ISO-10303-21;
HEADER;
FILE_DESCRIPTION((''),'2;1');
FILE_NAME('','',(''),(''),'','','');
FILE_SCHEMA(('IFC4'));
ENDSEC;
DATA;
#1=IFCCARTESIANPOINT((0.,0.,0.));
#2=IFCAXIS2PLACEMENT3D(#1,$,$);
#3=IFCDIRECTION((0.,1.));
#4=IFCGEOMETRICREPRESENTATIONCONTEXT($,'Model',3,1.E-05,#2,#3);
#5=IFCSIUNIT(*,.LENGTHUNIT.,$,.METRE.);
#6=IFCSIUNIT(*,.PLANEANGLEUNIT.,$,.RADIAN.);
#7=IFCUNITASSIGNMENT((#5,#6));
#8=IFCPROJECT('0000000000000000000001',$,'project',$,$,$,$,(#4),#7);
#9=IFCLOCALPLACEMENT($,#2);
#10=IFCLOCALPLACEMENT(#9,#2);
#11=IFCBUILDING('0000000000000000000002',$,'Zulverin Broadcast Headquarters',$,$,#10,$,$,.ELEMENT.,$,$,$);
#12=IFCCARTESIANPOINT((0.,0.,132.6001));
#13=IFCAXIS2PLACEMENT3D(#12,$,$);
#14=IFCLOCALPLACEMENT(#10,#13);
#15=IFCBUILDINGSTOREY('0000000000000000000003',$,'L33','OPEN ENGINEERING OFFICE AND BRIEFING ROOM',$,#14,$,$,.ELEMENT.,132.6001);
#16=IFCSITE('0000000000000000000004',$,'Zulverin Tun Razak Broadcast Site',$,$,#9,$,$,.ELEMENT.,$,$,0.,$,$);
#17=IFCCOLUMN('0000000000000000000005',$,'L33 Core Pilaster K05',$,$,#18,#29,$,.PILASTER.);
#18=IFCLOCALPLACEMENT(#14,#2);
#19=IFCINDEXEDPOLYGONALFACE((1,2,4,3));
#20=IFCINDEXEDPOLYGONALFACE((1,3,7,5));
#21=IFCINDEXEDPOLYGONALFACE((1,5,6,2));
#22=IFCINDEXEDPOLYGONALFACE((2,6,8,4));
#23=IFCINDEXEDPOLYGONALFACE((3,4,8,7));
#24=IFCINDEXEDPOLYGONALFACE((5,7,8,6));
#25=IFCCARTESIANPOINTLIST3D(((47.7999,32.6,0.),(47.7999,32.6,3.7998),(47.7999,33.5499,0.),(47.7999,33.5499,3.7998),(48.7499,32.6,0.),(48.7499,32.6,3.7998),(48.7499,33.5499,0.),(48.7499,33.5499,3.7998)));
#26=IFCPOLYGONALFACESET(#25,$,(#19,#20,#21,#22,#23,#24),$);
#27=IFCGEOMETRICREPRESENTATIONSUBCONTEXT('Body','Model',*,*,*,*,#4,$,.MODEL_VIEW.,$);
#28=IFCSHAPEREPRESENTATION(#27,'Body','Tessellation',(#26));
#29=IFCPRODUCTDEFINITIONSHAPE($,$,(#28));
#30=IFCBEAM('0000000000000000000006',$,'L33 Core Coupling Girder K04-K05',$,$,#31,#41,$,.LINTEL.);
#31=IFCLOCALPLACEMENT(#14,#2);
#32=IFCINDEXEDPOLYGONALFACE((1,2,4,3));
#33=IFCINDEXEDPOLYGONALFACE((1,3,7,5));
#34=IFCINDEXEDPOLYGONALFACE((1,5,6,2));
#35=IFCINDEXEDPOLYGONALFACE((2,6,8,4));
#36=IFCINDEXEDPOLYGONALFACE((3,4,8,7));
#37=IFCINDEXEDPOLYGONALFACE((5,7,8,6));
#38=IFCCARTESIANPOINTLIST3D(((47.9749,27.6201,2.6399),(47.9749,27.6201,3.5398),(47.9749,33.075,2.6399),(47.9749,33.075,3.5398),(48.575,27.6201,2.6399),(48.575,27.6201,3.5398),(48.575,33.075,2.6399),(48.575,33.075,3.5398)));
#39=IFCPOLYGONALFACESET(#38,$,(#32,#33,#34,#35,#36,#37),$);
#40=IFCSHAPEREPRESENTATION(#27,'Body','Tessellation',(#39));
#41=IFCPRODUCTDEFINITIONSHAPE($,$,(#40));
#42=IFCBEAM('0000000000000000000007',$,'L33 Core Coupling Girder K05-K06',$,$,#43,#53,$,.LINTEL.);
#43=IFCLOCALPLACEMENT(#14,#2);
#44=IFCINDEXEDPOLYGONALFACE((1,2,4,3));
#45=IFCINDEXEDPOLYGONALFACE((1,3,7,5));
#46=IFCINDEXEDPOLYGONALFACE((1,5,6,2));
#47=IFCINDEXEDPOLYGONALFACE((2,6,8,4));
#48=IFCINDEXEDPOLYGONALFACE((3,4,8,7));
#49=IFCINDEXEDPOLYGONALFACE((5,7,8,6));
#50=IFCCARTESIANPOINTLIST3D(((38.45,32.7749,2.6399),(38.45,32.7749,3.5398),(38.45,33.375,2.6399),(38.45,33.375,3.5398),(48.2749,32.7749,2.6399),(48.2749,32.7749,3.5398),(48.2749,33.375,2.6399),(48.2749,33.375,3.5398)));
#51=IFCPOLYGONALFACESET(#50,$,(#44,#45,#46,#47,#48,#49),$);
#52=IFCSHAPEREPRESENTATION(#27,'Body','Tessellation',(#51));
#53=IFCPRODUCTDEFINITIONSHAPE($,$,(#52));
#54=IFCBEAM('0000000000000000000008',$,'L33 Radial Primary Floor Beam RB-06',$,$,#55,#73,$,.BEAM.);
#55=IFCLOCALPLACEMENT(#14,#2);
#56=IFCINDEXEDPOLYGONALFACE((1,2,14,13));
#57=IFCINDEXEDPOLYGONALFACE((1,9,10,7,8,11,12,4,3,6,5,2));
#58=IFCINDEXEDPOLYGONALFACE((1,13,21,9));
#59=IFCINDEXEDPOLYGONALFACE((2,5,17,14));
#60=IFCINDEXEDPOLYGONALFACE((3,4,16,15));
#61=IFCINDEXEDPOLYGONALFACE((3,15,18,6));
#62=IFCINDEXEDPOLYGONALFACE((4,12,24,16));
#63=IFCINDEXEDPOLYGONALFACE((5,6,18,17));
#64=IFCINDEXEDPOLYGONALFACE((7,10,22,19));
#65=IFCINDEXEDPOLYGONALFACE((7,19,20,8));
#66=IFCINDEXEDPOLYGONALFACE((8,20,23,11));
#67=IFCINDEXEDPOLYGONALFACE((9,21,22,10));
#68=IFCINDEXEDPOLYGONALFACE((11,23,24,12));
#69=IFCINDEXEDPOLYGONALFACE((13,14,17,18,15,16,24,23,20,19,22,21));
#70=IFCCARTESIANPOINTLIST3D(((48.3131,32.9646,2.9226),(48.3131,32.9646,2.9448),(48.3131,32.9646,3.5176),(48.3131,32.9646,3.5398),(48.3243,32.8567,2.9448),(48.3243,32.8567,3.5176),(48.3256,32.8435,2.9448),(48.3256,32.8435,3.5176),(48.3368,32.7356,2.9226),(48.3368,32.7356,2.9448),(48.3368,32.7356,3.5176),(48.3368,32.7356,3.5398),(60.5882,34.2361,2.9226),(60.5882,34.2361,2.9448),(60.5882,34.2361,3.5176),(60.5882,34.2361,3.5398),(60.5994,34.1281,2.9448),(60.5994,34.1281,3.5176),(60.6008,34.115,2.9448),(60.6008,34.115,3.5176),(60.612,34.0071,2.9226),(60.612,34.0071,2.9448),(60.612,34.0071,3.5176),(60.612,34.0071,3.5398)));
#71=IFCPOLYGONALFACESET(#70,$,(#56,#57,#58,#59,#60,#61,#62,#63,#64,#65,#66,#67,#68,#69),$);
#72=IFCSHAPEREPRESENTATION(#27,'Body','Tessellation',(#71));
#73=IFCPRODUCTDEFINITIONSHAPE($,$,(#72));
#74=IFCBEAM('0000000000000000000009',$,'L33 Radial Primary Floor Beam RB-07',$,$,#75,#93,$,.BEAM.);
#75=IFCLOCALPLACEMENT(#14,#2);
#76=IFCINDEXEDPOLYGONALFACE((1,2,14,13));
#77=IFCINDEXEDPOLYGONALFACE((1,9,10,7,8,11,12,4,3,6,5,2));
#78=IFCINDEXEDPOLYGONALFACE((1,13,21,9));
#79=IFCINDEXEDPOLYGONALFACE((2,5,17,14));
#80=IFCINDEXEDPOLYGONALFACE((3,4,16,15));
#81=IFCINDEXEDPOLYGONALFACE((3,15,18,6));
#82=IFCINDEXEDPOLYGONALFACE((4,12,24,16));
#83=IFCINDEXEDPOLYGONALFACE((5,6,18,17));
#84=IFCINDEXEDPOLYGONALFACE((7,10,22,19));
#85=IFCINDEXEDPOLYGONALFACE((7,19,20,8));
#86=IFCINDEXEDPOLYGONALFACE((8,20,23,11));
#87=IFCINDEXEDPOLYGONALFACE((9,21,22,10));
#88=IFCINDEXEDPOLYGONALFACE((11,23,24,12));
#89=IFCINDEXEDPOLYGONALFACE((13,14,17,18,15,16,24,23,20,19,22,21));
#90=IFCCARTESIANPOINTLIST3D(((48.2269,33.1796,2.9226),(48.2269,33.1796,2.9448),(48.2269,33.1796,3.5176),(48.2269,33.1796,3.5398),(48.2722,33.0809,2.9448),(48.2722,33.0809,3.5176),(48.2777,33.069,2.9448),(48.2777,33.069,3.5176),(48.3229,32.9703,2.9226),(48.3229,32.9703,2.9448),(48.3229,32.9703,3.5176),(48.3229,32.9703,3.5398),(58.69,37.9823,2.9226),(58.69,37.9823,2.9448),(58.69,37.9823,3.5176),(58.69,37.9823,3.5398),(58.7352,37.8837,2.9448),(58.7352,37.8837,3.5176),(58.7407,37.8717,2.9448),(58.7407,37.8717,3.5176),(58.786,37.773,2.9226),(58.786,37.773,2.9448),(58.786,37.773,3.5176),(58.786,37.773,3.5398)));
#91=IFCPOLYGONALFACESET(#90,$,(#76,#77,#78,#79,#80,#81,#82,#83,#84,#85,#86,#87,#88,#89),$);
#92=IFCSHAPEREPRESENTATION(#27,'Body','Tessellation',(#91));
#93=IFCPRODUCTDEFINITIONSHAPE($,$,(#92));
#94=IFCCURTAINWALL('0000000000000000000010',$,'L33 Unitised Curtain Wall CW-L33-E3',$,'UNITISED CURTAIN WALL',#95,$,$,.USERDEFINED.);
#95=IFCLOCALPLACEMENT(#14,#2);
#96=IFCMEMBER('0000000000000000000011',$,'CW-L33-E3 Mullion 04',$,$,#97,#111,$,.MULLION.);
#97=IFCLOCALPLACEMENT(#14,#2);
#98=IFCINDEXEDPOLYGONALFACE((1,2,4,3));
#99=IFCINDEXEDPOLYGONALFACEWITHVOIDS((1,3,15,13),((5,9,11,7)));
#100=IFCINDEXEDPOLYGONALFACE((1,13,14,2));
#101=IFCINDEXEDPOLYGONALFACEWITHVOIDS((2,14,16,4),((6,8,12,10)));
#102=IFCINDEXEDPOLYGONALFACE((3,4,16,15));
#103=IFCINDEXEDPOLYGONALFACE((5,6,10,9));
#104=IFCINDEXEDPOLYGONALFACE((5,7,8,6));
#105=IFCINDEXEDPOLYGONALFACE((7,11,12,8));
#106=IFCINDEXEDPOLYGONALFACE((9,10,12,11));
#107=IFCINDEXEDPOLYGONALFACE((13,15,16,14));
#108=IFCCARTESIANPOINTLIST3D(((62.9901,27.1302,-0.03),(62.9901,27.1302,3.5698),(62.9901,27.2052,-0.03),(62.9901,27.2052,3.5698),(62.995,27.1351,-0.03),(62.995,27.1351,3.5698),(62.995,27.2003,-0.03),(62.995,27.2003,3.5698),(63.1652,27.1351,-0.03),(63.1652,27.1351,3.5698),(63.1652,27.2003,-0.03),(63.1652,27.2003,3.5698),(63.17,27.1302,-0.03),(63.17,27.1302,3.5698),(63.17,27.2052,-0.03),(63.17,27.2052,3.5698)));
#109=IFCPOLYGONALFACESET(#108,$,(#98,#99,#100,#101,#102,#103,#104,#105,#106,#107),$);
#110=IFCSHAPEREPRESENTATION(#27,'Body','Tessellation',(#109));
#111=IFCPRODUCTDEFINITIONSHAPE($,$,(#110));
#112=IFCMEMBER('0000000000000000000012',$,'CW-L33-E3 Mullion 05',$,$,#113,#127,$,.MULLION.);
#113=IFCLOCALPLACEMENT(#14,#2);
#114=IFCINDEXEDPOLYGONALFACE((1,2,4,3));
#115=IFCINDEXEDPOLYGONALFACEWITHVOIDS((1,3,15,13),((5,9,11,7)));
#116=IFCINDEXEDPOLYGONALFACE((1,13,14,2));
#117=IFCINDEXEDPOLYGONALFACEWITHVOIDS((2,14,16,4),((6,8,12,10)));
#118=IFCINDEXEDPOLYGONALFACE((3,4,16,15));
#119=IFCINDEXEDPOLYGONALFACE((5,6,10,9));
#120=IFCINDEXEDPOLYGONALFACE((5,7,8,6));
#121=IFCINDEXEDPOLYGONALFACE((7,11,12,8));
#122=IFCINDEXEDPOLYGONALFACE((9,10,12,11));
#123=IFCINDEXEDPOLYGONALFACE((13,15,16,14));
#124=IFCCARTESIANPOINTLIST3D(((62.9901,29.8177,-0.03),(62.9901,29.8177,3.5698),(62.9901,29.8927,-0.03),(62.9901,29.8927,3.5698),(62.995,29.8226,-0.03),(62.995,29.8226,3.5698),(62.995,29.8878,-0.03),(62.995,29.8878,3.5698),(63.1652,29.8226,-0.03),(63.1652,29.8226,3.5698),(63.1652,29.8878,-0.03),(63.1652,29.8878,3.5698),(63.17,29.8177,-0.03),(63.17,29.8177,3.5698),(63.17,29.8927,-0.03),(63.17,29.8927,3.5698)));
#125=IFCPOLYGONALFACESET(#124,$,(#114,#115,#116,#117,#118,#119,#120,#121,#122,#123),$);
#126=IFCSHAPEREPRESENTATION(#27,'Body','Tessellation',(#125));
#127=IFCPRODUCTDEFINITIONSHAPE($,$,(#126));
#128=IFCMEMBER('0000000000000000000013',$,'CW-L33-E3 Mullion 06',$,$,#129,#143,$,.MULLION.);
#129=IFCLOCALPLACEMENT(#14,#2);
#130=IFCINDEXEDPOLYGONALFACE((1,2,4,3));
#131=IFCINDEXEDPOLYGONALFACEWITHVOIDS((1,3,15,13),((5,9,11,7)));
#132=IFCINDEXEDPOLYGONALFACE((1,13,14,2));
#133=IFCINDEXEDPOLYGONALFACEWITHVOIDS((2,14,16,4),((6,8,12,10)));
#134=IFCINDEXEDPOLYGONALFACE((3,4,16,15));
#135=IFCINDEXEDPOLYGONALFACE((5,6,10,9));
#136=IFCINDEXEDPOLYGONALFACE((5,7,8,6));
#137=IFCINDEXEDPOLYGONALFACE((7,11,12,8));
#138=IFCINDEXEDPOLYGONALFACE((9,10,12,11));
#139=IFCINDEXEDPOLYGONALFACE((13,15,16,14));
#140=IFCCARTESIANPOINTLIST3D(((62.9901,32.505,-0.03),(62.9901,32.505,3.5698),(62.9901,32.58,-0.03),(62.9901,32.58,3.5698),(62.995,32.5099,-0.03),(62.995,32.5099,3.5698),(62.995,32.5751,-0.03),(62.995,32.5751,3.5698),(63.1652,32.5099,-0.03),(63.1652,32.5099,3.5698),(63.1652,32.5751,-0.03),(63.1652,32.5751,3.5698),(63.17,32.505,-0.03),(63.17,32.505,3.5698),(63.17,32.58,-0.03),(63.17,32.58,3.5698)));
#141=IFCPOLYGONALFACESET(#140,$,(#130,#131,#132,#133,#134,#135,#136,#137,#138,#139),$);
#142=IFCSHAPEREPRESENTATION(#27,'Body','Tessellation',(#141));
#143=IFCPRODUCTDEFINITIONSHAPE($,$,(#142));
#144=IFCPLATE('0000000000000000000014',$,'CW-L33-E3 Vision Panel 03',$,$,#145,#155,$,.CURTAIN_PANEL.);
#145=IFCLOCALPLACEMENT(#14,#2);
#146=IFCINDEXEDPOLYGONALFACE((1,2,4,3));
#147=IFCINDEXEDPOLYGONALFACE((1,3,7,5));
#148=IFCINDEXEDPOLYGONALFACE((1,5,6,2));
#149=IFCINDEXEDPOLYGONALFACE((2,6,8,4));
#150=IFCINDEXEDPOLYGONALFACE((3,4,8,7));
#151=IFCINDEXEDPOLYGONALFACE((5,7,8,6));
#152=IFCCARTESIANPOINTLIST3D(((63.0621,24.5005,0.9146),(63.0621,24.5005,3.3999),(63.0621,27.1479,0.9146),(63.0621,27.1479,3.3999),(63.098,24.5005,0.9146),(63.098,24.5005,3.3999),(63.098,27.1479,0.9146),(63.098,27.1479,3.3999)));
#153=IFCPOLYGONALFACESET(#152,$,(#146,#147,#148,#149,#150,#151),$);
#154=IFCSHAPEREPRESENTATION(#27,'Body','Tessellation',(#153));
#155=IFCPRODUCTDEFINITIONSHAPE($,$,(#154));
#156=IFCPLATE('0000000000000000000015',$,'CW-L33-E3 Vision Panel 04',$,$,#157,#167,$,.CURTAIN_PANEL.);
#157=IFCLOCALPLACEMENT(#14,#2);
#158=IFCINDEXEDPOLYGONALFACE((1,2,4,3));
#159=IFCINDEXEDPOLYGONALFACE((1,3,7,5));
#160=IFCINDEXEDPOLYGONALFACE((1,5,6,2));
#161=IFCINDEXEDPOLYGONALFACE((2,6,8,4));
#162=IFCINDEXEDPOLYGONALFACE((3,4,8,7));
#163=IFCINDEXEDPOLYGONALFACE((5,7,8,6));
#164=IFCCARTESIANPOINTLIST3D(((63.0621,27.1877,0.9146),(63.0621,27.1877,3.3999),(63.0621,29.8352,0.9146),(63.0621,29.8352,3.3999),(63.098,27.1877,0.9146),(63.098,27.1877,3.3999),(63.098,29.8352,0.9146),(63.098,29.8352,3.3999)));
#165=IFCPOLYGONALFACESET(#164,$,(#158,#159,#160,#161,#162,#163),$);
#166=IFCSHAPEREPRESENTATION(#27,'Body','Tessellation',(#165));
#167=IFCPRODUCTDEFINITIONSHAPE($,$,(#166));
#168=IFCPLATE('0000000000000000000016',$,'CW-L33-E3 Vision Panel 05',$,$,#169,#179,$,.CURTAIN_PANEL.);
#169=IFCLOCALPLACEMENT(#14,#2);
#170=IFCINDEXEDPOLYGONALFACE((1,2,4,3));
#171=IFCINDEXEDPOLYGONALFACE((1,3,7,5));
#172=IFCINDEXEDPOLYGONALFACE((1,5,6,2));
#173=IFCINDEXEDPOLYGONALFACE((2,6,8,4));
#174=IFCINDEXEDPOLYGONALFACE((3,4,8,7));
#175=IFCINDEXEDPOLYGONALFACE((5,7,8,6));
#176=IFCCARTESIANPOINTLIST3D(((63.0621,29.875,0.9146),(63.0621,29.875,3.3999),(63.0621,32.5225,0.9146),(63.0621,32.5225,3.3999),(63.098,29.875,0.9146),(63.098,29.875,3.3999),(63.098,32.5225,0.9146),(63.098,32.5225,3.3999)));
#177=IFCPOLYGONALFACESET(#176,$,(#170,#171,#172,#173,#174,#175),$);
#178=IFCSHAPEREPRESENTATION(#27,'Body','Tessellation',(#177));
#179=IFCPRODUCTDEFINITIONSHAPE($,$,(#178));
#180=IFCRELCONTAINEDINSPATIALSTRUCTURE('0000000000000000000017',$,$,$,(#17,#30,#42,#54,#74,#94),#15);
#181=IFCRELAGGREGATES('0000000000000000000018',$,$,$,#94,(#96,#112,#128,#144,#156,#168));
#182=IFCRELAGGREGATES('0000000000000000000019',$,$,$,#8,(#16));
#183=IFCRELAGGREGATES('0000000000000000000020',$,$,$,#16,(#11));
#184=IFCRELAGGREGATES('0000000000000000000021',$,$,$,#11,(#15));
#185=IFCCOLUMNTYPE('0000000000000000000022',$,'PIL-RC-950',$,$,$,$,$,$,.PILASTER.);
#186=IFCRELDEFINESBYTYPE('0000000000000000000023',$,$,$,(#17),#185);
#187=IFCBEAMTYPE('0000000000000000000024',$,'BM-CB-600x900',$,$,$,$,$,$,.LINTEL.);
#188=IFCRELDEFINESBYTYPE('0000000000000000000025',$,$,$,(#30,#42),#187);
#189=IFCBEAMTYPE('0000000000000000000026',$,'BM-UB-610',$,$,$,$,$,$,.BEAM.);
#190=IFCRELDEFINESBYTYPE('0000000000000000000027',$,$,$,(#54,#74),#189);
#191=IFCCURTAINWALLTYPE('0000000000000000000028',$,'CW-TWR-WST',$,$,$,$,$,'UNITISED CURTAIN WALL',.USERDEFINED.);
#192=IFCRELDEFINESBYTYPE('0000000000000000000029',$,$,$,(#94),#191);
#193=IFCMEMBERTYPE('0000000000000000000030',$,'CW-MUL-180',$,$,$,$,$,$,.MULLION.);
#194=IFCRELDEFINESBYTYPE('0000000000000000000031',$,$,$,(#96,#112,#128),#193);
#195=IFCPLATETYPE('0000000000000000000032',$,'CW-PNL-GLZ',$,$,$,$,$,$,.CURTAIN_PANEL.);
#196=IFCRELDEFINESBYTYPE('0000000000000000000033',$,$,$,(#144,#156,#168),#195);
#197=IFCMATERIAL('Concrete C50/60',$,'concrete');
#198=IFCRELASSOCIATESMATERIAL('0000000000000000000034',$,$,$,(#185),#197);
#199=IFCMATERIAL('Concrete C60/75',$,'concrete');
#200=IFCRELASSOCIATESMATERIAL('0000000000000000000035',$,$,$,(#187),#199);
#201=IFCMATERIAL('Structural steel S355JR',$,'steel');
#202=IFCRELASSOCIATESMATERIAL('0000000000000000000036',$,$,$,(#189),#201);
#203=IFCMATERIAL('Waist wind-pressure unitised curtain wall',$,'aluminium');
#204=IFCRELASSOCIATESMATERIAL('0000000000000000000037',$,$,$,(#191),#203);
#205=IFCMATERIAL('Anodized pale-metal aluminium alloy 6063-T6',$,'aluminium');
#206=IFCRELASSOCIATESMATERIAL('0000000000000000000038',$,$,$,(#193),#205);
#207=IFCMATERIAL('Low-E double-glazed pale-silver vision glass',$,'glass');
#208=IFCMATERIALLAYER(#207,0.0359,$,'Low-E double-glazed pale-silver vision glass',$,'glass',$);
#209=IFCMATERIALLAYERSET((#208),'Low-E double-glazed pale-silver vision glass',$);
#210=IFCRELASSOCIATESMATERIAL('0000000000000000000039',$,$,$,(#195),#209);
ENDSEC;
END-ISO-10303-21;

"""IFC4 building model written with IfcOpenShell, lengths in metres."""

from ifc_helpers import new_model, si_unit, direction, frame, origin, origin_2d, place, context, subcontext, project, spatial, rectangle, hollow_rectangle, i_section, extrude, material, layer, layer_set, material_profile, profile_set, type_object, element, aggregate, save


model = new_model("IFC4")

# Units and contexts
model_context = context("Model", 3, precision=1e-05, world=origin(), true_north=direction((0.0, 1.0)))
body_context = subcontext(model_context, "Body", "Model", "MODEL_VIEW")
ifc_project = project(units=[si_unit("LENGTHUNIT", "METRE"), si_unit("PLANEANGLEUNIT", "RADIAN")], contexts=[model_context])

# Site, building, storey
site_placement = place(None, origin())
site = spatial("IfcSite", under=ifc_project, at=site_placement, Name="Zulverin Tun Razak Broadcast Site", CompositionType="ELEMENT", RefElevation=0.0)
building_placement = place(site_placement, origin())
building = spatial("IfcBuilding", under=site, at=building_placement, Name="Zulverin Broadcast Headquarters", CompositionType="ELEMENT")
storey_placement = place(building_placement, frame((0.0, 0.0, 132.6001)))
storey = spatial("IfcBuildingStorey", under=building, at=storey_placement, Name="L33", Description="OPEN ENGINEERING OFFICE AND BRIEFING ROOM", CompositionType="ELEMENT", Elevation=132.6001)

# Column
ifc_material_1 = material(Name="Concrete C50/60", Category="concrete")
ifc_material_profile_1 = material_profile(ifc_material_1, rectangle(XDim=0.95, YDim=0.95, at=origin_2d()), Name="Concrete C50/60", Category="concrete")
ifc_profile_set_1 = profile_set([ifc_material_profile_1], Name="Concrete C50/60")
column_type = type_object("IfcColumnType", Name="PIL-RC-950", PredefinedType="PILASTER", material=ifc_profile_set_1)
column_placement = place(storey_placement, frame((48.2749, 33.075, 0.0), z_axis=(0.0, 0.0, 1.0), x_axis=(1.0, 0.0, 0.0)))
element("IfcColumn", 1, at=column_placement, inside=storey, type_object=column_type, Name="L33 Core Pilaster K05", PredefinedType="PILASTER", context=body_context, shape_type="SweptSolid", body=[
    extrude(rectangle(XDim=0.95, YDim=0.95, at=origin_2d()), origin(), (0.0, 0.0, 1.0), 3.7998),
])

# Beams
ifc_material_2 = material(Name="Concrete C60/75", Category="concrete")
ifc_material_profile_2 = material_profile(ifc_material_2, rectangle(XDim=0.6001, YDim=0.8999, at=origin_2d()), Name="Concrete C60/75", Category="concrete")
ifc_profile_set_2 = profile_set([ifc_material_profile_2], Name="Concrete C60/75")
beam_type_1 = type_object("IfcBeamType", Name="BM-CB-600x900", PredefinedType="LINTEL", material=ifc_profile_set_2)
beam_1_placement = place(storey_placement, frame((48.2749, 27.6201, 3.0898), z_axis=(0.0, 1.0, 0.0), x_axis=(-1.0, 0.0, 0.0)))
element("IfcBeam", 2, at=beam_1_placement, inside=storey, type_object=beam_type_1, Name="L33 Core Coupling Girder K04-K05", PredefinedType="LINTEL", context=body_context, shape_type="SweptSolid", body=[
    extrude(rectangle(XDim=0.6001, YDim=0.8999, at=origin_2d()), origin(), (0.0, 0.0, 1.0), 5.4548),
])
beam_2_placement = place(storey_placement, frame((48.2749, 33.075, 3.0898), z_axis=(-1.0, 0.0, 0.0), x_axis=(0.0, -1.0, 0.0)))
element("IfcBeam", 3, at=beam_2_placement, inside=storey, type_object=beam_type_1, Name="L33 Core Coupling Girder K05-K06", PredefinedType="LINTEL", context=body_context, shape_type="SweptSolid", body=[
    extrude(rectangle(XDim=0.6001, YDim=0.8999, at=origin_2d()), origin(), (0.0, 0.0, 1.0), 9.825),
])
ifc_material_3 = material(Name="Structural steel S355JR", Category="steel")
ifc_material_profile_3 = material_profile(ifc_material_3, i_section(OverallWidth=0.2302, OverallDepth=0.6172, WebThickness=0.0132, FlangeThickness=0.0222, at=origin_2d()), Name="Structural steel S355JR", Category="steel")
ifc_profile_set_3 = profile_set([ifc_material_profile_3], Name="Structural steel S355JR")
beam_type_2 = type_object("IfcBeamType", Name="BM-UB-610", PredefinedType="BEAM", material=ifc_profile_set_3)
beam_3_placement = place(storey_placement, frame((48.325, 32.8501, 3.2312), z_axis=(0.994678, 0.103031, 0.0), x_axis=(-0.103031, 0.994678, 0.0)))
element("IfcBeam", 4, at=beam_3_placement, inside=storey, type_object=beam_type_2, Name="L33 Radial Primary Floor Beam RB-06", PredefinedType="BEAM", context=body_context, shape_type="SweptSolid", body=[
    extrude(i_section(OverallWidth=0.2302, OverallDepth=0.6172, WebThickness=0.0132, FlangeThickness=0.0222, at=origin_2d()), origin(), (0.0, 0.0, 1.0), 12.3408),
])
beam_4_placement = place(storey_placement, frame((48.2749, 33.075, 3.2312), z_axis=(0.90883, 0.417167, 0.0), x_axis=(-0.417167, 0.90883, 0.0)))
element("IfcBeam", 5, at=beam_4_placement, inside=storey, type_object=beam_type_2, Name="L33 Radial Primary Floor Beam RB-07", PredefinedType="BEAM", context=body_context, shape_type="SweptSolid", body=[
    extrude(i_section(OverallWidth=0.2302, OverallDepth=0.6172, WebThickness=0.0132, FlangeThickness=0.0222, at=origin_2d()), origin(), (0.0, 0.0, 1.0), 11.5127),
])

# Curtain wall, members, plates
ifc_material_4 = material(Name="Waist wind-pressure unitised curtain wall", Category="aluminium")
curtain_wall_type = type_object("IfcCurtainWallType", Name="CW-TWR-WST", ElementType="UNITISED CURTAIN WALL", PredefinedType="USERDEFINED", material=ifc_material_4)
curtain_wall_placement = place(storey_placement, origin())
curtain_wall = element("IfcCurtainWall", 6, at=curtain_wall_placement, inside=storey, type_object=curtain_wall_type, Name="L33 Unitised Curtain Wall CW-L33-E3", ObjectType="UNITISED CURTAIN WALL", PredefinedType="USERDEFINED")
ifc_material_5 = material(Name="Anodized pale-metal aluminium alloy 6063-T6", Category="aluminium")
ifc_material_profile_4 = material_profile(ifc_material_5, hollow_rectangle(XDim=0.075, YDim=0.1799, WallThickness=0.0049, at=origin_2d()), Name="Anodized pale-metal aluminium alloy 6063-T6", Category="aluminium")
ifc_profile_set_4 = profile_set([ifc_material_profile_4], Name="Anodized pale-metal aluminium alloy 6063-T6")
member_type = type_object("IfcMemberType", Name="CW-MUL-180", PredefinedType="MULLION", material=ifc_profile_set_4)
member_1_placement = place(storey_placement, frame((63.0801, 27.1677, -0.03), z_axis=(0.0, 0.0, 1.0), x_axis=(0.0, 1.0, 0.0)))
member_1 = element("IfcMember", 7, at=member_1_placement, type_object=member_type, Name="CW-L33-E3 Mullion 04", PredefinedType="MULLION", context=body_context, shape_type="SweptSolid", body=[
    extrude(hollow_rectangle(XDim=0.075, YDim=0.1799, WallThickness=0.0049, at=origin_2d()), origin(), (0.0, 0.0, 1.0), 3.5999),
])
member_2_placement = place(storey_placement, frame((63.0801, 29.8552, -0.03), z_axis=(0.0, 0.0, 1.0), x_axis=(0.0, 1.0, 0.0)))
member_2 = element("IfcMember", 8, at=member_2_placement, type_object=member_type, Name="CW-L33-E3 Mullion 05", PredefinedType="MULLION", context=body_context, shape_type="SweptSolid", body=[
    extrude(hollow_rectangle(XDim=0.075, YDim=0.1799, WallThickness=0.0049, at=origin_2d()), origin(), (0.0, 0.0, 1.0), 3.5999),
])
member_3_placement = place(storey_placement, frame((63.0801, 32.5425, -0.03), z_axis=(0.0, 0.0, 1.0), x_axis=(0.0, 1.0, 0.0)))
member_3 = element("IfcMember", 9, at=member_3_placement, type_object=member_type, Name="CW-L33-E3 Mullion 06", PredefinedType="MULLION", context=body_context, shape_type="SweptSolid", body=[
    extrude(hollow_rectangle(XDim=0.075, YDim=0.1799, WallThickness=0.0049, at=origin_2d()), origin(), (0.0, 0.0, 1.0), 3.5999),
])
ifc_material_6 = material(Name="Low-E double-glazed pale-silver vision glass", Category="glass")
ifc_layer_1 = layer(ifc_material_6, 0.0359, Name="Low-E double-glazed pale-silver vision glass", Category="glass")
ifc_layer_set_1 = layer_set([ifc_layer_1], Name="Low-E double-glazed pale-silver vision glass")
plate_type_1 = type_object("IfcPlateType", Name="CW-PNL-GLZ", PredefinedType="CURTAIN_PANEL", material=ifc_layer_set_1)
plate_1_placement = place(storey_placement, frame((63.0801, 25.8242, 0.9146), z_axis=(0.0, 0.0, 1.0), x_axis=(0.0, 1.0, 0.0)))
plate_1 = element("IfcPlate", 10, at=plate_1_placement, type_object=plate_type_1, Name="CW-L33-E3 Vision Panel 03", PredefinedType="CURTAIN_PANEL", context=body_context, shape_type="SweptSolid", body=[
    extrude(rectangle(XDim=2.6475, YDim=0.0359, at=origin_2d()), origin(), (0.0, 0.0, 1.0), 2.4854),
])
plate_2_placement = place(storey_placement, frame((63.0801, 28.5115, 0.9146), z_axis=(0.0, 0.0, 1.0), x_axis=(0.0, 1.0, 0.0)))
plate_2 = element("IfcPlate", 11, at=plate_2_placement, type_object=plate_type_1, Name="CW-L33-E3 Vision Panel 04", PredefinedType="CURTAIN_PANEL", context=body_context, shape_type="SweptSolid", body=[
    extrude(rectangle(XDim=2.6475, YDim=0.0359, at=origin_2d()), origin(), (0.0, 0.0, 1.0), 2.4854),
])
plate_3_placement = place(storey_placement, frame((63.0801, 31.1987, 0.9146), z_axis=(0.0, 0.0, 1.0), x_axis=(0.0, 1.0, 0.0)))
plate_3 = element("IfcPlate", 12, at=plate_3_placement, type_object=plate_type_1, Name="CW-L33-E3 Vision Panel 05", PredefinedType="CURTAIN_PANEL", context=body_context, shape_type="SweptSolid", body=[
    extrude(rectangle(XDim=2.6475, YDim=0.0359, at=origin_2d()), origin(), (0.0, 0.0, 1.0), 2.4854),
])
aggregate(curtain_wall, [member_1, member_2, member_3, plate_1, plate_2, plate_3])

save(model, "model.ifc")
